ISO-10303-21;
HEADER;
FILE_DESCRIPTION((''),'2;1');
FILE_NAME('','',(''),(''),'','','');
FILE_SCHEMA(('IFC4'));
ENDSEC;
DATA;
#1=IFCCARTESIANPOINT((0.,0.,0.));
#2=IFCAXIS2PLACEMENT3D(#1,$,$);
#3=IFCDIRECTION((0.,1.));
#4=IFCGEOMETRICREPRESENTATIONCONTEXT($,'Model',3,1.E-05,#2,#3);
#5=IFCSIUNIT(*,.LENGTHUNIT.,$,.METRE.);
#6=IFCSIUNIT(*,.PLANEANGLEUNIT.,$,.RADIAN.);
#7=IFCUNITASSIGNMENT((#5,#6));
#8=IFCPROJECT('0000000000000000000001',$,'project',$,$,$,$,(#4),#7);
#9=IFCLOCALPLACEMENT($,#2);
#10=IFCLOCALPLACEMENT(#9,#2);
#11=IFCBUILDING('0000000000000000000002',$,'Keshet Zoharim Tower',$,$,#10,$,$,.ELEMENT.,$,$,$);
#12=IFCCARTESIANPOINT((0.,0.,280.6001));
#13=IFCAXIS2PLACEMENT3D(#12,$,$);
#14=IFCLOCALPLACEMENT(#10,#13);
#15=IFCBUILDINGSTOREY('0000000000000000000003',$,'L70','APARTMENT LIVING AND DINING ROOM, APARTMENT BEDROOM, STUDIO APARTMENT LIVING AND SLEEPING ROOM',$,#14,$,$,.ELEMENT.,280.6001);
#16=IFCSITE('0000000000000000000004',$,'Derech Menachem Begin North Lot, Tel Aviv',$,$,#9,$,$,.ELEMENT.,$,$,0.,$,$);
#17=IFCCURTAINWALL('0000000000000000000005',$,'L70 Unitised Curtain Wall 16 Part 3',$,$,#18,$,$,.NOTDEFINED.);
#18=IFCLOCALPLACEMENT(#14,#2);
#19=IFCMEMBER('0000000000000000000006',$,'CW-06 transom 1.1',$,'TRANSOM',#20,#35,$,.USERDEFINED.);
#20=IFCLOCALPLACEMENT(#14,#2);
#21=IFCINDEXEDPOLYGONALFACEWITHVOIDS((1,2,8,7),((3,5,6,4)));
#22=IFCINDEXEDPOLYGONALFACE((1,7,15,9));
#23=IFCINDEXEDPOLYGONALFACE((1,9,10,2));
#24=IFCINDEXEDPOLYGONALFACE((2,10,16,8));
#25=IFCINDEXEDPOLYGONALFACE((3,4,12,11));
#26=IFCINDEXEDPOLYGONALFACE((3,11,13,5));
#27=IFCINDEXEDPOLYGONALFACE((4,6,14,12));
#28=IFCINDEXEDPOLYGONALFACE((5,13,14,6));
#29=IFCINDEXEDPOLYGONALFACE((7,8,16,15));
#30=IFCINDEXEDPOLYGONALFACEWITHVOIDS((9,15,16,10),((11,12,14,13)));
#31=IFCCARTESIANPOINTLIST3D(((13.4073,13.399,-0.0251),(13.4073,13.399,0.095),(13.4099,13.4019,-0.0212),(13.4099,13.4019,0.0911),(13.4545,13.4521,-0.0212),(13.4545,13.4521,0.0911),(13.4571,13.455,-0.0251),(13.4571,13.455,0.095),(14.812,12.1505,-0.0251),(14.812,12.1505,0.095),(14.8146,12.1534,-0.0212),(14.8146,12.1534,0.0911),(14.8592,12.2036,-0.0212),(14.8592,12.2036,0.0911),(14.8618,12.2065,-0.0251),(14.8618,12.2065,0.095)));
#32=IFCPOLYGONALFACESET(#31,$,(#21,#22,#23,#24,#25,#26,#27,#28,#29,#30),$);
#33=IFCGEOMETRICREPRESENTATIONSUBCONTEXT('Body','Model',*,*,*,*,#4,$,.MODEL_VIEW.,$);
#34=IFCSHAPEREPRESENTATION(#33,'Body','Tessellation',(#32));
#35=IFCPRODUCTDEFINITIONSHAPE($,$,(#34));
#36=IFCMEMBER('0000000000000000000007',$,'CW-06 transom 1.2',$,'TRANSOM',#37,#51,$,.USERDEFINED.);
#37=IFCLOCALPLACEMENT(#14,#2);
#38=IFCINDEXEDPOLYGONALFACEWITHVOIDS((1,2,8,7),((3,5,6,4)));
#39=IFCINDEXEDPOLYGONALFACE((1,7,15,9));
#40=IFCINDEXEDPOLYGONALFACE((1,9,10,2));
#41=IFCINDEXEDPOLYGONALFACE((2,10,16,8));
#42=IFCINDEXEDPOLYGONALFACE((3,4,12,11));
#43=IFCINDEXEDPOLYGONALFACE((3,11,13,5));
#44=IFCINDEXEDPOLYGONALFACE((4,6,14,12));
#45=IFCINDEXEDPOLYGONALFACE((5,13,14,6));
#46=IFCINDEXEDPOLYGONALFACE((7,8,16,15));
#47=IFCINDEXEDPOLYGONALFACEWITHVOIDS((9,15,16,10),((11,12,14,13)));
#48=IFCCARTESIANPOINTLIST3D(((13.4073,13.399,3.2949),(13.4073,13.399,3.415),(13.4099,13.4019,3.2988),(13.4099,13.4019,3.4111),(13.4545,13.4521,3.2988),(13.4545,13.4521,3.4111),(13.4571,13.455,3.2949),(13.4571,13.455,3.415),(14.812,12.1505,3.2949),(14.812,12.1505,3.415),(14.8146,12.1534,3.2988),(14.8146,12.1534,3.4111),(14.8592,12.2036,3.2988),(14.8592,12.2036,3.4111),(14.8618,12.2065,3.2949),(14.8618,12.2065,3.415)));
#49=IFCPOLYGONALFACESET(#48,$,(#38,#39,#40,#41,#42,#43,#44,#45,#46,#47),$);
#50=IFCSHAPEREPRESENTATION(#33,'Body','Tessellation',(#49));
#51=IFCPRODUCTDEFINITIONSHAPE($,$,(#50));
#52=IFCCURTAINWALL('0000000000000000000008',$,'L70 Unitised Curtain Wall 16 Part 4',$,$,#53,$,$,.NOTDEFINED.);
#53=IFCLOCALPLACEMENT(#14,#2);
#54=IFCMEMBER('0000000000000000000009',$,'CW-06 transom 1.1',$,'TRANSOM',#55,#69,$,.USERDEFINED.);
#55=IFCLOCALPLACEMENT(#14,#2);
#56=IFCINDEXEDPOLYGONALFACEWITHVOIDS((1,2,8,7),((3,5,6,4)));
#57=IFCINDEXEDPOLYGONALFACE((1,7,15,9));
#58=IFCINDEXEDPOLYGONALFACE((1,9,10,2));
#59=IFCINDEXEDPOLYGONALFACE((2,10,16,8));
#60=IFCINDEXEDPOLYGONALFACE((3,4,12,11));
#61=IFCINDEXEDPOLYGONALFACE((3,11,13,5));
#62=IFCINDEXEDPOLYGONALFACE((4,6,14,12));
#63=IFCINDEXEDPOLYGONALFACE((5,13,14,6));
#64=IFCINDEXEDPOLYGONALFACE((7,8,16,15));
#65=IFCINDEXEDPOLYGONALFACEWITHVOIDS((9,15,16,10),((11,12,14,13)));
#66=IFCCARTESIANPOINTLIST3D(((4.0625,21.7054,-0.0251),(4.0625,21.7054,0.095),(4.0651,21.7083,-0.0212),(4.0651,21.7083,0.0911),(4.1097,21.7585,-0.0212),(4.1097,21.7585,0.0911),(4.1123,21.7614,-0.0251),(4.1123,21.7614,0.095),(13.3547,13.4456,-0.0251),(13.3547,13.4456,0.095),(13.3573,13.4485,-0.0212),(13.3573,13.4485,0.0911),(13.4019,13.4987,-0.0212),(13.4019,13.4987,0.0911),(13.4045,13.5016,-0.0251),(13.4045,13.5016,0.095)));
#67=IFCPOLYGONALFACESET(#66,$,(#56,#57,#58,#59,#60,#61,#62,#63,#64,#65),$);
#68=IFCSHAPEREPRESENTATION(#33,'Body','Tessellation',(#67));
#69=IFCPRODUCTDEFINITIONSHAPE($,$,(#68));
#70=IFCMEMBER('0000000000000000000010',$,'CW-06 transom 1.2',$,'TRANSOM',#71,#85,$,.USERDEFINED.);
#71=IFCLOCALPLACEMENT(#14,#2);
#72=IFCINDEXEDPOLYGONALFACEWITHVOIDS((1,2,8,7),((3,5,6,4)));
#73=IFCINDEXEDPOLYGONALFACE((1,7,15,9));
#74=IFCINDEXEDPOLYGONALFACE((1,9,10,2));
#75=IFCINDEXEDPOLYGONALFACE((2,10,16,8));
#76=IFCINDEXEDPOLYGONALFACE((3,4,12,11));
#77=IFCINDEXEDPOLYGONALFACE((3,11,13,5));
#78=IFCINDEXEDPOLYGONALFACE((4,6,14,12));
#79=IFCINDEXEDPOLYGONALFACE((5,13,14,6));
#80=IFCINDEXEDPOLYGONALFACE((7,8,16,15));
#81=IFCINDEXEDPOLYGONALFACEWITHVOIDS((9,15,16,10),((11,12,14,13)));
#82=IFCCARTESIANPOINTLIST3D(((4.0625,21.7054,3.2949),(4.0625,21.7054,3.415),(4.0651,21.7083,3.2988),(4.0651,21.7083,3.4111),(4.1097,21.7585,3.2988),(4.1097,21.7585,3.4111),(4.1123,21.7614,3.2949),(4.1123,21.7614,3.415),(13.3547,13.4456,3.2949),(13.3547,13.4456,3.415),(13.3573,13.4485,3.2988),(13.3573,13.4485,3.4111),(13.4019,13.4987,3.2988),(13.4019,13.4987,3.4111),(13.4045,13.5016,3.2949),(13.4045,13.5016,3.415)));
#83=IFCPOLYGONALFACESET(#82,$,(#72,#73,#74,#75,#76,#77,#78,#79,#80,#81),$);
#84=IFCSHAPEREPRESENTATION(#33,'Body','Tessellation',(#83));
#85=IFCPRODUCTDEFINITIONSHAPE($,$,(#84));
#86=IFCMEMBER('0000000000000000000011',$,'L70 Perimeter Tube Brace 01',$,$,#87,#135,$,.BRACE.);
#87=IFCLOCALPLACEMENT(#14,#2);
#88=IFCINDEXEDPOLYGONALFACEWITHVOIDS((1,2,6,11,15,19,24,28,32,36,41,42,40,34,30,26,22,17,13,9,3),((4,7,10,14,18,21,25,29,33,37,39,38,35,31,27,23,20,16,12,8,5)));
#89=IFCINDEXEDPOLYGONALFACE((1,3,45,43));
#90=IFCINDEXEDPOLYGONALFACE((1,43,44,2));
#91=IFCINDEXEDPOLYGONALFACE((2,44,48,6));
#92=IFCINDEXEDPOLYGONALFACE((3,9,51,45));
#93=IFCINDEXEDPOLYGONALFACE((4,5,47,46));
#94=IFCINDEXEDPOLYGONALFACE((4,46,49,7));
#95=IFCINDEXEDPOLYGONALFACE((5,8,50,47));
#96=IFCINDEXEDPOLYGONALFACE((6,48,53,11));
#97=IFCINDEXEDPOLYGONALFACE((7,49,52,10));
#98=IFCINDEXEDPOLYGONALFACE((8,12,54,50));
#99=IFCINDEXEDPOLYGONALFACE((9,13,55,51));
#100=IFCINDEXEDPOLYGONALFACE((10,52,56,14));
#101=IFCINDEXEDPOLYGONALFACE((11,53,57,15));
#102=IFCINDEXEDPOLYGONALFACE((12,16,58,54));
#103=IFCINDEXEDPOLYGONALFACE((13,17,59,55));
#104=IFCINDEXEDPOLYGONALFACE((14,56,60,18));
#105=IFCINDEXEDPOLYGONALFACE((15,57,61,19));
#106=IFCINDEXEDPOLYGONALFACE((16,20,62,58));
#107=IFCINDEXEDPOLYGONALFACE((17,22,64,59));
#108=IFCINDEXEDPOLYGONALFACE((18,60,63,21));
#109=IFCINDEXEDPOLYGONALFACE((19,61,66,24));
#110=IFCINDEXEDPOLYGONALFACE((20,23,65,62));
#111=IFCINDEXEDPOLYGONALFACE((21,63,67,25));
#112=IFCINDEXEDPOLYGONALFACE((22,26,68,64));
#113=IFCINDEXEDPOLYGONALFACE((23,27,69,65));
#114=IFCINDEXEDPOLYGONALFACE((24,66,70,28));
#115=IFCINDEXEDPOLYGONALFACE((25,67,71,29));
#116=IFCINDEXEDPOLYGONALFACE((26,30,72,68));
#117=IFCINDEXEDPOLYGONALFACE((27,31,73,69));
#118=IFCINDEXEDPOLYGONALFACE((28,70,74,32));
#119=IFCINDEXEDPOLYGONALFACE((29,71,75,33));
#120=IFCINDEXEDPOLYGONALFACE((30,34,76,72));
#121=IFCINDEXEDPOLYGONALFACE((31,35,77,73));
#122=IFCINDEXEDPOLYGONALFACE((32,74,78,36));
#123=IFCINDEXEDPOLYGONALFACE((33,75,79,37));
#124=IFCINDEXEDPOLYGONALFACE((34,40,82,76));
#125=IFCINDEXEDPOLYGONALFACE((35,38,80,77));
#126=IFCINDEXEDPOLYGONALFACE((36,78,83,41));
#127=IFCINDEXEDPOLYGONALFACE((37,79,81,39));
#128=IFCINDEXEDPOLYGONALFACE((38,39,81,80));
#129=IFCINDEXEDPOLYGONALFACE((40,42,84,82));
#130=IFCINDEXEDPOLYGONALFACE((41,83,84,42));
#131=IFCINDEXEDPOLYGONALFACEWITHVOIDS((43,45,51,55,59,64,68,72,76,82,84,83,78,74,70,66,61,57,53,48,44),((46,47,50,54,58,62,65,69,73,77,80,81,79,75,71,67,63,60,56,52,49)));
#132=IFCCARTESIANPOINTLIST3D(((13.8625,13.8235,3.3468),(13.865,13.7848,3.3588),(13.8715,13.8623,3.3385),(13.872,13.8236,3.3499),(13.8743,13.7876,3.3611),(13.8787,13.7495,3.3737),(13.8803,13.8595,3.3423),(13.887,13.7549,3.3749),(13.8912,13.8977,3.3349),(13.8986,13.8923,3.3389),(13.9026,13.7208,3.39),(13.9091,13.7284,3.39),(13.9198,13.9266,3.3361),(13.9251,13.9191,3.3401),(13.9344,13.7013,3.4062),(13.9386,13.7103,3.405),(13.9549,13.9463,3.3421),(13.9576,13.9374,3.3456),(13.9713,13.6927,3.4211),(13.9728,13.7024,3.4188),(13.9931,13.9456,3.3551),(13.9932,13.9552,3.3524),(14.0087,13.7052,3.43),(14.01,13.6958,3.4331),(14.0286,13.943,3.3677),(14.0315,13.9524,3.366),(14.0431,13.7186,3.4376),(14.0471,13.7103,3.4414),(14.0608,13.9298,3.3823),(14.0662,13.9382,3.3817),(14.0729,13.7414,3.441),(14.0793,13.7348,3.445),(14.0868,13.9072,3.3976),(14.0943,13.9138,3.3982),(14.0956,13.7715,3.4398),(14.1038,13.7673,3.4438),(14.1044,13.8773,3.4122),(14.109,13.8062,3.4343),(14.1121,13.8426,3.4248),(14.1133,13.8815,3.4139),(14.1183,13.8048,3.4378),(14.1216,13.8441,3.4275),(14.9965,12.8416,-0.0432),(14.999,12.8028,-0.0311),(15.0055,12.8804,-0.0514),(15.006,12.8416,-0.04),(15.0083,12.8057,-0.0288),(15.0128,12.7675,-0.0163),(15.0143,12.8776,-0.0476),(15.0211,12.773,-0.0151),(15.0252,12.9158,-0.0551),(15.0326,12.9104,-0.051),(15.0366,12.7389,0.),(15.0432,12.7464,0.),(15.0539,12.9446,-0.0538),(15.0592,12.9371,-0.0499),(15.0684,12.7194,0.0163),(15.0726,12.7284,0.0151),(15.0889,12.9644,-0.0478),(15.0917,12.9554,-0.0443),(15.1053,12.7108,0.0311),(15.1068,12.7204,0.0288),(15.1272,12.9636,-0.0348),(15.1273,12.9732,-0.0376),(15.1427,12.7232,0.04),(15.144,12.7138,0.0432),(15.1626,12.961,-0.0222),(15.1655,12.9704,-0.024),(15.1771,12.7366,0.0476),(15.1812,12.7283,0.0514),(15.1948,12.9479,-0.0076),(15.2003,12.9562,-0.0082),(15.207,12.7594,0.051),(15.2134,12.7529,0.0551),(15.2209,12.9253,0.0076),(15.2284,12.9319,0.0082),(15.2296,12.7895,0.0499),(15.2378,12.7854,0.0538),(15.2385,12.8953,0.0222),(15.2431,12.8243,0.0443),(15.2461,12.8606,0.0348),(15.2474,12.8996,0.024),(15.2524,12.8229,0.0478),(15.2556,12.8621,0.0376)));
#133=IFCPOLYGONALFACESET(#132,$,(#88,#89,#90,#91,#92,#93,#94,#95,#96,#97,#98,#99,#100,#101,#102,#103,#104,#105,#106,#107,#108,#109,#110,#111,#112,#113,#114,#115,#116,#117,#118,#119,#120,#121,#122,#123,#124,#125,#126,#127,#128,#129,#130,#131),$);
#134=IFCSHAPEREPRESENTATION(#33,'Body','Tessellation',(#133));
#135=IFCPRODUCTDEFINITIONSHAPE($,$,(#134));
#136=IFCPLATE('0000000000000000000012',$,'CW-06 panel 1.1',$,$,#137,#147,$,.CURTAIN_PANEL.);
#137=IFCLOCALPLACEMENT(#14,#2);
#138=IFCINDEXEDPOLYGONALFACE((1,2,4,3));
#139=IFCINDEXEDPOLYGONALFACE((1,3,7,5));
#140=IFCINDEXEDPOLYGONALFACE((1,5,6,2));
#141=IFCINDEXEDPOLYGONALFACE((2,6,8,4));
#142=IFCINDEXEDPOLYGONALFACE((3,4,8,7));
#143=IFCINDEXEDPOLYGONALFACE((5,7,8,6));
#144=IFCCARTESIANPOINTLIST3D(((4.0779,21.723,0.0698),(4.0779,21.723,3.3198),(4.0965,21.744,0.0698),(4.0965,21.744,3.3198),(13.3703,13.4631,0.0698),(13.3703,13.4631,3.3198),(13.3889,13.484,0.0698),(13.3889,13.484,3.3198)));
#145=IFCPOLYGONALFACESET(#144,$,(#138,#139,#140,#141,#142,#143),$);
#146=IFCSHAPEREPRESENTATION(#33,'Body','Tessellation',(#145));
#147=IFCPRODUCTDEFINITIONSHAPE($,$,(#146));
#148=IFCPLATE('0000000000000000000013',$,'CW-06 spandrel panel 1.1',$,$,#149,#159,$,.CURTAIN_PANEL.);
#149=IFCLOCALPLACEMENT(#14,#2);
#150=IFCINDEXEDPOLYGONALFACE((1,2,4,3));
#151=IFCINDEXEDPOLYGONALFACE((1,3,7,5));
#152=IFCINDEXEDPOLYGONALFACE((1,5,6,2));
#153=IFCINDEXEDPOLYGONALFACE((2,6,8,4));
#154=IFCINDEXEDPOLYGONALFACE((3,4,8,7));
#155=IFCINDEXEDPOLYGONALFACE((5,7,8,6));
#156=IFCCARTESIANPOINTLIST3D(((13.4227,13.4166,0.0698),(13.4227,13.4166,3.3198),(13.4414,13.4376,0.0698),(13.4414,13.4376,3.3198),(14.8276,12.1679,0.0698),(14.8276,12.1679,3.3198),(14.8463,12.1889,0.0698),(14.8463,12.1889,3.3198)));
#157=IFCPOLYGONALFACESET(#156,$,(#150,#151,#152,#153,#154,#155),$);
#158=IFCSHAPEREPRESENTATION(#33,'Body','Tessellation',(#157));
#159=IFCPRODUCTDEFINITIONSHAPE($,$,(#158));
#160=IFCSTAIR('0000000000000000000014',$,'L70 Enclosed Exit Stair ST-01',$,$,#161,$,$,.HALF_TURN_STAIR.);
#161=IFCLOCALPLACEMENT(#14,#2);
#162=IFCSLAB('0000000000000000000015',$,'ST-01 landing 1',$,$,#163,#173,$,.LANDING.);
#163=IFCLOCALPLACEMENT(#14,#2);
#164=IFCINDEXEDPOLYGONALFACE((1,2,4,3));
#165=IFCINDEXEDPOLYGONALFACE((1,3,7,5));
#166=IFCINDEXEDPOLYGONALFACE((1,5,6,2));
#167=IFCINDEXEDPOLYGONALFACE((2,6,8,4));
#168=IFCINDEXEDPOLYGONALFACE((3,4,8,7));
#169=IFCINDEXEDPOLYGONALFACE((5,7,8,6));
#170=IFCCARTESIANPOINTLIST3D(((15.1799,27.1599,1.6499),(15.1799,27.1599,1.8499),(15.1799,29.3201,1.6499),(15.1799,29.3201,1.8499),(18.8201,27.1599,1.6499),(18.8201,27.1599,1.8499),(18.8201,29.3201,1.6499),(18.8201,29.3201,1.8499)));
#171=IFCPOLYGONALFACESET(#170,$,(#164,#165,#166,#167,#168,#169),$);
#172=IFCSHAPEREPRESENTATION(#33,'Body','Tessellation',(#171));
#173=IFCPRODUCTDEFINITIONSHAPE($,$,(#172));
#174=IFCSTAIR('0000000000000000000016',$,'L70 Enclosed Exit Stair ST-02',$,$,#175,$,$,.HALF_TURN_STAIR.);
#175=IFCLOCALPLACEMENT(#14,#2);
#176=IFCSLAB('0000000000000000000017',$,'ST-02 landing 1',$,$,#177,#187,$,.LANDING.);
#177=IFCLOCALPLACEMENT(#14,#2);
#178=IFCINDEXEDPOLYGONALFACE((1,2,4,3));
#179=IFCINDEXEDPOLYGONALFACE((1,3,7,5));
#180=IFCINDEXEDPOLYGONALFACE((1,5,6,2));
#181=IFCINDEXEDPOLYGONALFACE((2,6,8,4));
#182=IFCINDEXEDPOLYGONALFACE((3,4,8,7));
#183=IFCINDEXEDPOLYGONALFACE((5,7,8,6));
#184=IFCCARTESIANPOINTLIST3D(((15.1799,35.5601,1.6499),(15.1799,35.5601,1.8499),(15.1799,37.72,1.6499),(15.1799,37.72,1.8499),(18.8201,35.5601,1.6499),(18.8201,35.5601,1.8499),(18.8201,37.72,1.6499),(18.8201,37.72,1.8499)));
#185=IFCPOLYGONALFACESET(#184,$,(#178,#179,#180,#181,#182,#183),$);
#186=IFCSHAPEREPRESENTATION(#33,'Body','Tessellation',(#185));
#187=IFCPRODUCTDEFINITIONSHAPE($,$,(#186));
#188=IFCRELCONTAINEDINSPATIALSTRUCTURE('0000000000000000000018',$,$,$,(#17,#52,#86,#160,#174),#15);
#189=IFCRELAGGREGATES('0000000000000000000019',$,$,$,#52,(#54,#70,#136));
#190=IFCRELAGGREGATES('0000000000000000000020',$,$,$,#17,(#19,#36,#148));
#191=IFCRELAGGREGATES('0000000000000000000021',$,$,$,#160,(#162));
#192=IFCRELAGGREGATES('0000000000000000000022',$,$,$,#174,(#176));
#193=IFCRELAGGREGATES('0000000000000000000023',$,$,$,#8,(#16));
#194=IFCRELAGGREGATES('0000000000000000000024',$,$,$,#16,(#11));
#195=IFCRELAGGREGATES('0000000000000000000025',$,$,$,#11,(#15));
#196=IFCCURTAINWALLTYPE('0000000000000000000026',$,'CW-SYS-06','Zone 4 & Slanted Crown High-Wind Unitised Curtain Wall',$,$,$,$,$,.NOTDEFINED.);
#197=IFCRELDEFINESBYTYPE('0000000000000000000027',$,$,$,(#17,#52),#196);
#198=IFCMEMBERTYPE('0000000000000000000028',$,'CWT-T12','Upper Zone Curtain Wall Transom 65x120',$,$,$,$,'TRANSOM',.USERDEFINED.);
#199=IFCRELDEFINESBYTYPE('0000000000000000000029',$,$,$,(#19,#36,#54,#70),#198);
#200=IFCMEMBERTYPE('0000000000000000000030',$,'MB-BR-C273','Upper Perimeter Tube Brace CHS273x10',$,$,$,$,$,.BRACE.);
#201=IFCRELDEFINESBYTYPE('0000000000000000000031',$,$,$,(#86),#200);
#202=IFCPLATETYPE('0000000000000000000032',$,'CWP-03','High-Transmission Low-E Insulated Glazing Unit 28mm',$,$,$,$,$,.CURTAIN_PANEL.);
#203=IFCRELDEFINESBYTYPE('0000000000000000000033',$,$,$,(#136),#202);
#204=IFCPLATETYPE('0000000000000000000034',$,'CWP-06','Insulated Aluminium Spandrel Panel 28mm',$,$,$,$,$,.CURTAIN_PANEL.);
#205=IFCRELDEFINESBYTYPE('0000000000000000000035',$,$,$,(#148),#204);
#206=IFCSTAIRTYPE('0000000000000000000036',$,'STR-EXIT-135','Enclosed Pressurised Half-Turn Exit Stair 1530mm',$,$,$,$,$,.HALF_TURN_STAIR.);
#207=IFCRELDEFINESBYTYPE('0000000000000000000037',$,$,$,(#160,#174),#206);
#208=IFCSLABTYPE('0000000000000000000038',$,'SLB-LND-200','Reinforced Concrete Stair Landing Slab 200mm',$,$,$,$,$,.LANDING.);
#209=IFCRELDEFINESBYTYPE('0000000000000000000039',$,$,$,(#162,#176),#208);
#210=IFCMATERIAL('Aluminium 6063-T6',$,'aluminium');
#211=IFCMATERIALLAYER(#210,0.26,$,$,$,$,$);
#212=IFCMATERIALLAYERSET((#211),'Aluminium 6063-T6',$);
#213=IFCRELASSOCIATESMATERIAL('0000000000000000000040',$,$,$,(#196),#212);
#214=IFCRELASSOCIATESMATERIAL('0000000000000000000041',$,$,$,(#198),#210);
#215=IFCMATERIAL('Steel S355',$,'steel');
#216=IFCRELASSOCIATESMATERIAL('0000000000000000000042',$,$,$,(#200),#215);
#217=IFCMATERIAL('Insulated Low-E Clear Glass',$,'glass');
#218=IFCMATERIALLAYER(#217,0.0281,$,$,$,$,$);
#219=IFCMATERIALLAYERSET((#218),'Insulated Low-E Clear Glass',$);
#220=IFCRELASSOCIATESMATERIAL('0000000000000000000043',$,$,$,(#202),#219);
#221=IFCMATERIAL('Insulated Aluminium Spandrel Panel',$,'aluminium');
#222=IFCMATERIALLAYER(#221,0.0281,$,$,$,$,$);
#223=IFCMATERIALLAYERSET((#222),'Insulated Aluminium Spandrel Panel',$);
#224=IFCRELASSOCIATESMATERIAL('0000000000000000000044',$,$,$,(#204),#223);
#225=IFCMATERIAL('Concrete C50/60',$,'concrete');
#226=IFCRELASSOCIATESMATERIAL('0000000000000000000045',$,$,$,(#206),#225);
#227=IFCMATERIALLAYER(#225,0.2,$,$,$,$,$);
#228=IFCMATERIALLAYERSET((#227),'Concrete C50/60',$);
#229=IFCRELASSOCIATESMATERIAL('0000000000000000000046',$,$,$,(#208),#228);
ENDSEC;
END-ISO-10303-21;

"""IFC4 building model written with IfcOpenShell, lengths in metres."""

from ifc_helpers import new_model, si_unit, direction, frame, origin, origin_2d, place, context, subcontext, project, spatial, polyline, rectangle, hollow_rectangle, hollow_circle, outline, extrude, material, layer, layer_set, material_profile, profile_set, type_object, element, aggregate, save


model = new_model("IFC4")

# Units and contexts
model_context = context("Model", 3, precision=1e-05, world=origin(), true_north=direction((0.0, 1.0)))
body_context = subcontext(model_context, "Body", "Model", "MODEL_VIEW")
ifc_project = project(units=[si_unit("LENGTHUNIT", "METRE"), si_unit("PLANEANGLEUNIT", "RADIAN")], contexts=[model_context])

# Site, building, storey
site_placement = place(None, origin())
site = spatial("IfcSite", under=ifc_project, at=site_placement, Name="Derech Menachem Begin North Lot, Tel Aviv", CompositionType="ELEMENT", RefElevation=0.0)
building_placement = place(site_placement, origin())
building = spatial("IfcBuilding", under=site, at=building_placement, Name="Keshet Zoharim Tower", CompositionType="ELEMENT")
storey_placement = place(building_placement, frame((0.0, 0.0, 280.6001)))
storey = spatial("IfcBuildingStorey", under=building, at=storey_placement, Name="L70", Description="APARTMENT LIVING AND DINING ROOM, APARTMENT BEDROOM, STUDIO APARTMENT LIVING AND SLEEPING ROOM", CompositionType="ELEMENT", Elevation=280.6001)

# Shared definitions
ifc_material_1 = material(Name="Steel S355", Category="steel")

# Shared definitions
ifc_material_2 = material(Name="Aluminium 6063-T6", Category="aluminium")
ifc_layer_1 = layer(ifc_material_2, 0.26)
ifc_layer_set_1 = layer_set([ifc_layer_1], Name="Aluminium 6063-T6")
curtain_wall_type = type_object("IfcCurtainWallType", Name="CW-SYS-06", Description="Zone 4 & Slanted Crown High-Wind Unitised Curtain Wall", PredefinedType="NOTDEFINED", material=ifc_layer_set_1)

# Curtain walls, members
curtain_wall_1_placement = place(storey_placement, origin())
curtain_wall_1 = element("IfcCurtainWall", 1, at=curtain_wall_1_placement, inside=storey, type_object=curtain_wall_type, Name="L70 Unitised Curtain Wall 16 Part 3", PredefinedType="NOTDEFINED")
ifc_material_profile_1 = material_profile(ifc_material_2, hollow_rectangle(XDim=0.075, YDim=0.1201, WallThickness=0.0039, at=origin_2d()), Name="TRN-75x120")
ifc_profile_set_1 = profile_set([ifc_material_profile_1], Name="Aluminium 6063-T6")
member_type_1 = type_object("IfcMemberType", Name="CWT-T12", Description="Upper Zone Curtain Wall Transom 65x120", ElementType="TRANSOM", PredefinedType="USERDEFINED", material=ifc_profile_set_1)
member_1_placement = place(storey_placement, frame((14.8369, 12.1785, 0.0349), z_axis=(-0.747452, 0.664315, 0.0), x_axis=(-0.664315, -0.747452, 0.0)))
member_1 = element("IfcMember", 2, at=member_1_placement, type_object=member_type_1, Name="CW-06 transom 1.1", ObjectType="TRANSOM", PredefinedType="USERDEFINED", context=body_context, shape_type="SweptSolid", body=[
    extrude(hollow_rectangle(XDim=0.075, YDim=0.1201, WallThickness=0.0039, at=origin_2d()), origin(), (0.0, 0.0, 1.0), 1.8794),
])
member_2_placement = place(storey_placement, frame((14.8369, 12.1785, 3.355), z_axis=(-0.747452, 0.664315, 0.0), x_axis=(-0.664315, -0.747452, 0.0)))
member_2 = element("IfcMember", 3, at=member_2_placement, type_object=member_type_1, Name="CW-06 transom 1.2", ObjectType="TRANSOM", PredefinedType="USERDEFINED", context=body_context, shape_type="SweptSolid", body=[
    extrude(hollow_rectangle(XDim=0.075, YDim=0.1201, WallThickness=0.0039, at=origin_2d()), origin(), (0.0, 0.0, 1.0), 1.8794),
])
curtain_wall_2_placement = place(storey_placement, origin())
curtain_wall_2 = element("IfcCurtainWall", 4, at=curtain_wall_2_placement, inside=storey, type_object=curtain_wall_type, Name="L70 Unitised Curtain Wall 16 Part 4", PredefinedType="NOTDEFINED")
member_3_placement = place(storey_placement, frame((13.3796, 13.4736, 0.0349), z_axis=(-0.747409, 0.664364, 0.0), x_axis=(-0.664364, -0.747409, 0.0)))
member_3 = element("IfcMember", 5, at=member_3_placement, type_object=member_type_1, Name="CW-06 transom 1.1", ObjectType="TRANSOM", PredefinedType="USERDEFINED", context=body_context, shape_type="SweptSolid", body=[
    extrude(hollow_rectangle(XDim=0.075, YDim=0.1201, WallThickness=0.0039, at=origin_2d()), origin(), (0.0, 0.0, 1.0), 12.4326),
])
member_4_placement = place(storey_placement, frame((13.3796, 13.4736, 3.355), z_axis=(-0.747409, 0.664364, 0.0), x_axis=(-0.664364, -0.747409, 0.0)))
member_4 = element("IfcMember", 6, at=member_4_placement, type_object=member_type_1, Name="CW-06 transom 1.2", ObjectType="TRANSOM", PredefinedType="USERDEFINED", context=body_context, shape_type="SweptSolid", body=[
    extrude(hollow_rectangle(XDim=0.075, YDim=0.1201, WallThickness=0.0039, at=origin_2d()), origin(), (0.0, 0.0, 1.0), 12.4326),
])

# Member
ifc_material_profile_2 = material_profile(ifc_material_1, hollow_circle(Radius=0.1365, WallThickness=0.01, at=origin_2d()), Name="CHS273x10")
ifc_profile_set_2 = profile_set([ifc_material_profile_2], Name="Steel S355")
member_type_2 = type_object("IfcMemberType", Name="MB-BR-C273", Description="Upper Perimeter Tube Brace CHS273x10", PredefinedType="BRACE", material=ifc_profile_set_2)
member_5_placement = place(storey_placement, frame((15.126, 12.842, 0.0), z_axis=(-0.30592, 0.264889, 0.914466), x_axis=(-0.65459, -0.755984, 0.0)))
element("IfcMember", 7, at=member_5_placement, inside=storey, type_object=member_type_2, Name="L70 Perimeter Tube Brace 01", PredefinedType="BRACE", context=body_context, shape_type="SweptSolid", body=[
    extrude(hollow_circle(Radius=0.1365, WallThickness=0.01, at=origin_2d()), origin(), (0.0, 0.0, 1.0), 3.707),
])

# Plates
ifc_material_3 = material(Name="Insulated Low-E Clear Glass", Category="glass")
ifc_layer_2 = layer(ifc_material_3, 0.0281)
ifc_layer_set_2 = layer_set([ifc_layer_2], Name="Insulated Low-E Clear Glass")
plate_type_1 = type_object("IfcPlateType", Name="CWP-03", Description="High-Transmission Low-E Insulated Glazing Unit 28mm", PredefinedType="CURTAIN_PANEL", material=ifc_layer_set_2)
plate_1_placement = place(storey_placement, frame((8.7334, 17.6035, 0.0698), z_axis=(0.0, 0.0, 1.0), x_axis=(-0.747409, 0.664364, 0.0)))
plate_1 = element("IfcPlate", 8, at=plate_1_placement, type_object=plate_type_1, Name="CW-06 panel 1.1", PredefinedType="CURTAIN_PANEL", context=body_context, shape_type="SweptSolid", body=[
    extrude(rectangle(XDim=12.4329, YDim=0.0281, at=origin_2d()), origin(), (0.0, 0.0, 1.0), 3.25),
])
aggregate(curtain_wall_2, [member_3, member_4, plate_1])
ifc_material_4 = material(Name="Insulated Aluminium Spandrel Panel", Category="aluminium")
ifc_layer_3 = layer(ifc_material_4, 0.0281)
ifc_layer_set_3 = layer_set([ifc_layer_3], Name="Insulated Aluminium Spandrel Panel")
plate_type_2 = type_object("IfcPlateType", Name="CWP-06", Description="Insulated Aluminium Spandrel Panel 28mm", PredefinedType="CURTAIN_PANEL", material=ifc_layer_set_3)
plate_2_placement = place(storey_placement, frame((14.1345, 12.8027, 0.0698), z_axis=(0.0, 0.0, 1.0), x_axis=(-0.747432, 0.664338, 0.0)))
plate_2 = element("IfcPlate", 9, at=plate_2_placement, type_object=plate_type_2, Name="CW-06 spandrel panel 1.1", PredefinedType="CURTAIN_PANEL", context=body_context, shape_type="SweptSolid", body=[
    extrude(rectangle(XDim=1.8796, YDim=0.0281, at=origin_2d()), origin(), (0.0, 0.0, 1.0), 3.25),
])
aggregate(curtain_wall_1, [member_1, member_2, plate_2])

# Stairs, slabs
ifc_material_5 = material(Name="Concrete C50/60", Category="concrete")
stair_type = type_object("IfcStairType", Name="STR-EXIT-135", Description="Enclosed Pressurised Half-Turn Exit Stair 1530mm", PredefinedType="HALF_TURN_STAIR", material=ifc_material_5)
stair_1_placement = place(storey_placement, origin())
stair_1 = element("IfcStair", 10, at=stair_1_placement, inside=storey, type_object=stair_type, Name="L70 Enclosed Exit Stair ST-01", PredefinedType="HALF_TURN_STAIR")
ifc_layer_4 = layer(ifc_material_5, 0.2)
ifc_layer_set_4 = layer_set([ifc_layer_4], Name="Concrete C50/60")
slab_type_1 = type_object("IfcSlabType", Name="SLB-LND-200", Description="Reinforced Concrete Stair Landing Slab 200mm", PredefinedType="LANDING", material=ifc_layer_set_4)
slab_1_placement = place(storey_placement, frame((0.0, 0.0, 1.6499)))
slab_1 = element("IfcSlab", 11, at=slab_1_placement, type_object=slab_type_1, Name="ST-01 landing 1", PredefinedType="LANDING", context=body_context, shape_type="SweptSolid", body=[
    extrude(outline(polyline([(15.1799, 27.1599), (18.8201, 27.1599), (18.8201, 29.3201), (15.1799, 29.3201), (15.1799, 27.1599)])), origin(), (0.0, 0.0, 1.0), 0.2),
])
aggregate(stair_1, [slab_1])
stair_2_placement = place(storey_placement, origin())
stair_2 = element("IfcStair", 12, at=stair_2_placement, inside=storey, type_object=stair_type, Name="L70 Enclosed Exit Stair ST-02", PredefinedType="HALF_TURN_STAIR")
slab_2_placement = place(storey_placement, frame((0.0, 0.0, 1.6499)))
slab_2 = element("IfcSlab", 13, at=slab_2_placement, type_object=slab_type_1, Name="ST-02 landing 1", PredefinedType="LANDING", context=body_context, shape_type="SweptSolid", body=[
    extrude(outline(polyline([(15.1799, 35.5601), (18.8201, 35.5601), (18.8201, 37.72), (15.1799, 37.72), (15.1799, 35.5601)])), origin(), (0.0, 0.0, 1.0), 0.2),
])
aggregate(stair_2, [slab_2])

save(model, "model.ifc")
